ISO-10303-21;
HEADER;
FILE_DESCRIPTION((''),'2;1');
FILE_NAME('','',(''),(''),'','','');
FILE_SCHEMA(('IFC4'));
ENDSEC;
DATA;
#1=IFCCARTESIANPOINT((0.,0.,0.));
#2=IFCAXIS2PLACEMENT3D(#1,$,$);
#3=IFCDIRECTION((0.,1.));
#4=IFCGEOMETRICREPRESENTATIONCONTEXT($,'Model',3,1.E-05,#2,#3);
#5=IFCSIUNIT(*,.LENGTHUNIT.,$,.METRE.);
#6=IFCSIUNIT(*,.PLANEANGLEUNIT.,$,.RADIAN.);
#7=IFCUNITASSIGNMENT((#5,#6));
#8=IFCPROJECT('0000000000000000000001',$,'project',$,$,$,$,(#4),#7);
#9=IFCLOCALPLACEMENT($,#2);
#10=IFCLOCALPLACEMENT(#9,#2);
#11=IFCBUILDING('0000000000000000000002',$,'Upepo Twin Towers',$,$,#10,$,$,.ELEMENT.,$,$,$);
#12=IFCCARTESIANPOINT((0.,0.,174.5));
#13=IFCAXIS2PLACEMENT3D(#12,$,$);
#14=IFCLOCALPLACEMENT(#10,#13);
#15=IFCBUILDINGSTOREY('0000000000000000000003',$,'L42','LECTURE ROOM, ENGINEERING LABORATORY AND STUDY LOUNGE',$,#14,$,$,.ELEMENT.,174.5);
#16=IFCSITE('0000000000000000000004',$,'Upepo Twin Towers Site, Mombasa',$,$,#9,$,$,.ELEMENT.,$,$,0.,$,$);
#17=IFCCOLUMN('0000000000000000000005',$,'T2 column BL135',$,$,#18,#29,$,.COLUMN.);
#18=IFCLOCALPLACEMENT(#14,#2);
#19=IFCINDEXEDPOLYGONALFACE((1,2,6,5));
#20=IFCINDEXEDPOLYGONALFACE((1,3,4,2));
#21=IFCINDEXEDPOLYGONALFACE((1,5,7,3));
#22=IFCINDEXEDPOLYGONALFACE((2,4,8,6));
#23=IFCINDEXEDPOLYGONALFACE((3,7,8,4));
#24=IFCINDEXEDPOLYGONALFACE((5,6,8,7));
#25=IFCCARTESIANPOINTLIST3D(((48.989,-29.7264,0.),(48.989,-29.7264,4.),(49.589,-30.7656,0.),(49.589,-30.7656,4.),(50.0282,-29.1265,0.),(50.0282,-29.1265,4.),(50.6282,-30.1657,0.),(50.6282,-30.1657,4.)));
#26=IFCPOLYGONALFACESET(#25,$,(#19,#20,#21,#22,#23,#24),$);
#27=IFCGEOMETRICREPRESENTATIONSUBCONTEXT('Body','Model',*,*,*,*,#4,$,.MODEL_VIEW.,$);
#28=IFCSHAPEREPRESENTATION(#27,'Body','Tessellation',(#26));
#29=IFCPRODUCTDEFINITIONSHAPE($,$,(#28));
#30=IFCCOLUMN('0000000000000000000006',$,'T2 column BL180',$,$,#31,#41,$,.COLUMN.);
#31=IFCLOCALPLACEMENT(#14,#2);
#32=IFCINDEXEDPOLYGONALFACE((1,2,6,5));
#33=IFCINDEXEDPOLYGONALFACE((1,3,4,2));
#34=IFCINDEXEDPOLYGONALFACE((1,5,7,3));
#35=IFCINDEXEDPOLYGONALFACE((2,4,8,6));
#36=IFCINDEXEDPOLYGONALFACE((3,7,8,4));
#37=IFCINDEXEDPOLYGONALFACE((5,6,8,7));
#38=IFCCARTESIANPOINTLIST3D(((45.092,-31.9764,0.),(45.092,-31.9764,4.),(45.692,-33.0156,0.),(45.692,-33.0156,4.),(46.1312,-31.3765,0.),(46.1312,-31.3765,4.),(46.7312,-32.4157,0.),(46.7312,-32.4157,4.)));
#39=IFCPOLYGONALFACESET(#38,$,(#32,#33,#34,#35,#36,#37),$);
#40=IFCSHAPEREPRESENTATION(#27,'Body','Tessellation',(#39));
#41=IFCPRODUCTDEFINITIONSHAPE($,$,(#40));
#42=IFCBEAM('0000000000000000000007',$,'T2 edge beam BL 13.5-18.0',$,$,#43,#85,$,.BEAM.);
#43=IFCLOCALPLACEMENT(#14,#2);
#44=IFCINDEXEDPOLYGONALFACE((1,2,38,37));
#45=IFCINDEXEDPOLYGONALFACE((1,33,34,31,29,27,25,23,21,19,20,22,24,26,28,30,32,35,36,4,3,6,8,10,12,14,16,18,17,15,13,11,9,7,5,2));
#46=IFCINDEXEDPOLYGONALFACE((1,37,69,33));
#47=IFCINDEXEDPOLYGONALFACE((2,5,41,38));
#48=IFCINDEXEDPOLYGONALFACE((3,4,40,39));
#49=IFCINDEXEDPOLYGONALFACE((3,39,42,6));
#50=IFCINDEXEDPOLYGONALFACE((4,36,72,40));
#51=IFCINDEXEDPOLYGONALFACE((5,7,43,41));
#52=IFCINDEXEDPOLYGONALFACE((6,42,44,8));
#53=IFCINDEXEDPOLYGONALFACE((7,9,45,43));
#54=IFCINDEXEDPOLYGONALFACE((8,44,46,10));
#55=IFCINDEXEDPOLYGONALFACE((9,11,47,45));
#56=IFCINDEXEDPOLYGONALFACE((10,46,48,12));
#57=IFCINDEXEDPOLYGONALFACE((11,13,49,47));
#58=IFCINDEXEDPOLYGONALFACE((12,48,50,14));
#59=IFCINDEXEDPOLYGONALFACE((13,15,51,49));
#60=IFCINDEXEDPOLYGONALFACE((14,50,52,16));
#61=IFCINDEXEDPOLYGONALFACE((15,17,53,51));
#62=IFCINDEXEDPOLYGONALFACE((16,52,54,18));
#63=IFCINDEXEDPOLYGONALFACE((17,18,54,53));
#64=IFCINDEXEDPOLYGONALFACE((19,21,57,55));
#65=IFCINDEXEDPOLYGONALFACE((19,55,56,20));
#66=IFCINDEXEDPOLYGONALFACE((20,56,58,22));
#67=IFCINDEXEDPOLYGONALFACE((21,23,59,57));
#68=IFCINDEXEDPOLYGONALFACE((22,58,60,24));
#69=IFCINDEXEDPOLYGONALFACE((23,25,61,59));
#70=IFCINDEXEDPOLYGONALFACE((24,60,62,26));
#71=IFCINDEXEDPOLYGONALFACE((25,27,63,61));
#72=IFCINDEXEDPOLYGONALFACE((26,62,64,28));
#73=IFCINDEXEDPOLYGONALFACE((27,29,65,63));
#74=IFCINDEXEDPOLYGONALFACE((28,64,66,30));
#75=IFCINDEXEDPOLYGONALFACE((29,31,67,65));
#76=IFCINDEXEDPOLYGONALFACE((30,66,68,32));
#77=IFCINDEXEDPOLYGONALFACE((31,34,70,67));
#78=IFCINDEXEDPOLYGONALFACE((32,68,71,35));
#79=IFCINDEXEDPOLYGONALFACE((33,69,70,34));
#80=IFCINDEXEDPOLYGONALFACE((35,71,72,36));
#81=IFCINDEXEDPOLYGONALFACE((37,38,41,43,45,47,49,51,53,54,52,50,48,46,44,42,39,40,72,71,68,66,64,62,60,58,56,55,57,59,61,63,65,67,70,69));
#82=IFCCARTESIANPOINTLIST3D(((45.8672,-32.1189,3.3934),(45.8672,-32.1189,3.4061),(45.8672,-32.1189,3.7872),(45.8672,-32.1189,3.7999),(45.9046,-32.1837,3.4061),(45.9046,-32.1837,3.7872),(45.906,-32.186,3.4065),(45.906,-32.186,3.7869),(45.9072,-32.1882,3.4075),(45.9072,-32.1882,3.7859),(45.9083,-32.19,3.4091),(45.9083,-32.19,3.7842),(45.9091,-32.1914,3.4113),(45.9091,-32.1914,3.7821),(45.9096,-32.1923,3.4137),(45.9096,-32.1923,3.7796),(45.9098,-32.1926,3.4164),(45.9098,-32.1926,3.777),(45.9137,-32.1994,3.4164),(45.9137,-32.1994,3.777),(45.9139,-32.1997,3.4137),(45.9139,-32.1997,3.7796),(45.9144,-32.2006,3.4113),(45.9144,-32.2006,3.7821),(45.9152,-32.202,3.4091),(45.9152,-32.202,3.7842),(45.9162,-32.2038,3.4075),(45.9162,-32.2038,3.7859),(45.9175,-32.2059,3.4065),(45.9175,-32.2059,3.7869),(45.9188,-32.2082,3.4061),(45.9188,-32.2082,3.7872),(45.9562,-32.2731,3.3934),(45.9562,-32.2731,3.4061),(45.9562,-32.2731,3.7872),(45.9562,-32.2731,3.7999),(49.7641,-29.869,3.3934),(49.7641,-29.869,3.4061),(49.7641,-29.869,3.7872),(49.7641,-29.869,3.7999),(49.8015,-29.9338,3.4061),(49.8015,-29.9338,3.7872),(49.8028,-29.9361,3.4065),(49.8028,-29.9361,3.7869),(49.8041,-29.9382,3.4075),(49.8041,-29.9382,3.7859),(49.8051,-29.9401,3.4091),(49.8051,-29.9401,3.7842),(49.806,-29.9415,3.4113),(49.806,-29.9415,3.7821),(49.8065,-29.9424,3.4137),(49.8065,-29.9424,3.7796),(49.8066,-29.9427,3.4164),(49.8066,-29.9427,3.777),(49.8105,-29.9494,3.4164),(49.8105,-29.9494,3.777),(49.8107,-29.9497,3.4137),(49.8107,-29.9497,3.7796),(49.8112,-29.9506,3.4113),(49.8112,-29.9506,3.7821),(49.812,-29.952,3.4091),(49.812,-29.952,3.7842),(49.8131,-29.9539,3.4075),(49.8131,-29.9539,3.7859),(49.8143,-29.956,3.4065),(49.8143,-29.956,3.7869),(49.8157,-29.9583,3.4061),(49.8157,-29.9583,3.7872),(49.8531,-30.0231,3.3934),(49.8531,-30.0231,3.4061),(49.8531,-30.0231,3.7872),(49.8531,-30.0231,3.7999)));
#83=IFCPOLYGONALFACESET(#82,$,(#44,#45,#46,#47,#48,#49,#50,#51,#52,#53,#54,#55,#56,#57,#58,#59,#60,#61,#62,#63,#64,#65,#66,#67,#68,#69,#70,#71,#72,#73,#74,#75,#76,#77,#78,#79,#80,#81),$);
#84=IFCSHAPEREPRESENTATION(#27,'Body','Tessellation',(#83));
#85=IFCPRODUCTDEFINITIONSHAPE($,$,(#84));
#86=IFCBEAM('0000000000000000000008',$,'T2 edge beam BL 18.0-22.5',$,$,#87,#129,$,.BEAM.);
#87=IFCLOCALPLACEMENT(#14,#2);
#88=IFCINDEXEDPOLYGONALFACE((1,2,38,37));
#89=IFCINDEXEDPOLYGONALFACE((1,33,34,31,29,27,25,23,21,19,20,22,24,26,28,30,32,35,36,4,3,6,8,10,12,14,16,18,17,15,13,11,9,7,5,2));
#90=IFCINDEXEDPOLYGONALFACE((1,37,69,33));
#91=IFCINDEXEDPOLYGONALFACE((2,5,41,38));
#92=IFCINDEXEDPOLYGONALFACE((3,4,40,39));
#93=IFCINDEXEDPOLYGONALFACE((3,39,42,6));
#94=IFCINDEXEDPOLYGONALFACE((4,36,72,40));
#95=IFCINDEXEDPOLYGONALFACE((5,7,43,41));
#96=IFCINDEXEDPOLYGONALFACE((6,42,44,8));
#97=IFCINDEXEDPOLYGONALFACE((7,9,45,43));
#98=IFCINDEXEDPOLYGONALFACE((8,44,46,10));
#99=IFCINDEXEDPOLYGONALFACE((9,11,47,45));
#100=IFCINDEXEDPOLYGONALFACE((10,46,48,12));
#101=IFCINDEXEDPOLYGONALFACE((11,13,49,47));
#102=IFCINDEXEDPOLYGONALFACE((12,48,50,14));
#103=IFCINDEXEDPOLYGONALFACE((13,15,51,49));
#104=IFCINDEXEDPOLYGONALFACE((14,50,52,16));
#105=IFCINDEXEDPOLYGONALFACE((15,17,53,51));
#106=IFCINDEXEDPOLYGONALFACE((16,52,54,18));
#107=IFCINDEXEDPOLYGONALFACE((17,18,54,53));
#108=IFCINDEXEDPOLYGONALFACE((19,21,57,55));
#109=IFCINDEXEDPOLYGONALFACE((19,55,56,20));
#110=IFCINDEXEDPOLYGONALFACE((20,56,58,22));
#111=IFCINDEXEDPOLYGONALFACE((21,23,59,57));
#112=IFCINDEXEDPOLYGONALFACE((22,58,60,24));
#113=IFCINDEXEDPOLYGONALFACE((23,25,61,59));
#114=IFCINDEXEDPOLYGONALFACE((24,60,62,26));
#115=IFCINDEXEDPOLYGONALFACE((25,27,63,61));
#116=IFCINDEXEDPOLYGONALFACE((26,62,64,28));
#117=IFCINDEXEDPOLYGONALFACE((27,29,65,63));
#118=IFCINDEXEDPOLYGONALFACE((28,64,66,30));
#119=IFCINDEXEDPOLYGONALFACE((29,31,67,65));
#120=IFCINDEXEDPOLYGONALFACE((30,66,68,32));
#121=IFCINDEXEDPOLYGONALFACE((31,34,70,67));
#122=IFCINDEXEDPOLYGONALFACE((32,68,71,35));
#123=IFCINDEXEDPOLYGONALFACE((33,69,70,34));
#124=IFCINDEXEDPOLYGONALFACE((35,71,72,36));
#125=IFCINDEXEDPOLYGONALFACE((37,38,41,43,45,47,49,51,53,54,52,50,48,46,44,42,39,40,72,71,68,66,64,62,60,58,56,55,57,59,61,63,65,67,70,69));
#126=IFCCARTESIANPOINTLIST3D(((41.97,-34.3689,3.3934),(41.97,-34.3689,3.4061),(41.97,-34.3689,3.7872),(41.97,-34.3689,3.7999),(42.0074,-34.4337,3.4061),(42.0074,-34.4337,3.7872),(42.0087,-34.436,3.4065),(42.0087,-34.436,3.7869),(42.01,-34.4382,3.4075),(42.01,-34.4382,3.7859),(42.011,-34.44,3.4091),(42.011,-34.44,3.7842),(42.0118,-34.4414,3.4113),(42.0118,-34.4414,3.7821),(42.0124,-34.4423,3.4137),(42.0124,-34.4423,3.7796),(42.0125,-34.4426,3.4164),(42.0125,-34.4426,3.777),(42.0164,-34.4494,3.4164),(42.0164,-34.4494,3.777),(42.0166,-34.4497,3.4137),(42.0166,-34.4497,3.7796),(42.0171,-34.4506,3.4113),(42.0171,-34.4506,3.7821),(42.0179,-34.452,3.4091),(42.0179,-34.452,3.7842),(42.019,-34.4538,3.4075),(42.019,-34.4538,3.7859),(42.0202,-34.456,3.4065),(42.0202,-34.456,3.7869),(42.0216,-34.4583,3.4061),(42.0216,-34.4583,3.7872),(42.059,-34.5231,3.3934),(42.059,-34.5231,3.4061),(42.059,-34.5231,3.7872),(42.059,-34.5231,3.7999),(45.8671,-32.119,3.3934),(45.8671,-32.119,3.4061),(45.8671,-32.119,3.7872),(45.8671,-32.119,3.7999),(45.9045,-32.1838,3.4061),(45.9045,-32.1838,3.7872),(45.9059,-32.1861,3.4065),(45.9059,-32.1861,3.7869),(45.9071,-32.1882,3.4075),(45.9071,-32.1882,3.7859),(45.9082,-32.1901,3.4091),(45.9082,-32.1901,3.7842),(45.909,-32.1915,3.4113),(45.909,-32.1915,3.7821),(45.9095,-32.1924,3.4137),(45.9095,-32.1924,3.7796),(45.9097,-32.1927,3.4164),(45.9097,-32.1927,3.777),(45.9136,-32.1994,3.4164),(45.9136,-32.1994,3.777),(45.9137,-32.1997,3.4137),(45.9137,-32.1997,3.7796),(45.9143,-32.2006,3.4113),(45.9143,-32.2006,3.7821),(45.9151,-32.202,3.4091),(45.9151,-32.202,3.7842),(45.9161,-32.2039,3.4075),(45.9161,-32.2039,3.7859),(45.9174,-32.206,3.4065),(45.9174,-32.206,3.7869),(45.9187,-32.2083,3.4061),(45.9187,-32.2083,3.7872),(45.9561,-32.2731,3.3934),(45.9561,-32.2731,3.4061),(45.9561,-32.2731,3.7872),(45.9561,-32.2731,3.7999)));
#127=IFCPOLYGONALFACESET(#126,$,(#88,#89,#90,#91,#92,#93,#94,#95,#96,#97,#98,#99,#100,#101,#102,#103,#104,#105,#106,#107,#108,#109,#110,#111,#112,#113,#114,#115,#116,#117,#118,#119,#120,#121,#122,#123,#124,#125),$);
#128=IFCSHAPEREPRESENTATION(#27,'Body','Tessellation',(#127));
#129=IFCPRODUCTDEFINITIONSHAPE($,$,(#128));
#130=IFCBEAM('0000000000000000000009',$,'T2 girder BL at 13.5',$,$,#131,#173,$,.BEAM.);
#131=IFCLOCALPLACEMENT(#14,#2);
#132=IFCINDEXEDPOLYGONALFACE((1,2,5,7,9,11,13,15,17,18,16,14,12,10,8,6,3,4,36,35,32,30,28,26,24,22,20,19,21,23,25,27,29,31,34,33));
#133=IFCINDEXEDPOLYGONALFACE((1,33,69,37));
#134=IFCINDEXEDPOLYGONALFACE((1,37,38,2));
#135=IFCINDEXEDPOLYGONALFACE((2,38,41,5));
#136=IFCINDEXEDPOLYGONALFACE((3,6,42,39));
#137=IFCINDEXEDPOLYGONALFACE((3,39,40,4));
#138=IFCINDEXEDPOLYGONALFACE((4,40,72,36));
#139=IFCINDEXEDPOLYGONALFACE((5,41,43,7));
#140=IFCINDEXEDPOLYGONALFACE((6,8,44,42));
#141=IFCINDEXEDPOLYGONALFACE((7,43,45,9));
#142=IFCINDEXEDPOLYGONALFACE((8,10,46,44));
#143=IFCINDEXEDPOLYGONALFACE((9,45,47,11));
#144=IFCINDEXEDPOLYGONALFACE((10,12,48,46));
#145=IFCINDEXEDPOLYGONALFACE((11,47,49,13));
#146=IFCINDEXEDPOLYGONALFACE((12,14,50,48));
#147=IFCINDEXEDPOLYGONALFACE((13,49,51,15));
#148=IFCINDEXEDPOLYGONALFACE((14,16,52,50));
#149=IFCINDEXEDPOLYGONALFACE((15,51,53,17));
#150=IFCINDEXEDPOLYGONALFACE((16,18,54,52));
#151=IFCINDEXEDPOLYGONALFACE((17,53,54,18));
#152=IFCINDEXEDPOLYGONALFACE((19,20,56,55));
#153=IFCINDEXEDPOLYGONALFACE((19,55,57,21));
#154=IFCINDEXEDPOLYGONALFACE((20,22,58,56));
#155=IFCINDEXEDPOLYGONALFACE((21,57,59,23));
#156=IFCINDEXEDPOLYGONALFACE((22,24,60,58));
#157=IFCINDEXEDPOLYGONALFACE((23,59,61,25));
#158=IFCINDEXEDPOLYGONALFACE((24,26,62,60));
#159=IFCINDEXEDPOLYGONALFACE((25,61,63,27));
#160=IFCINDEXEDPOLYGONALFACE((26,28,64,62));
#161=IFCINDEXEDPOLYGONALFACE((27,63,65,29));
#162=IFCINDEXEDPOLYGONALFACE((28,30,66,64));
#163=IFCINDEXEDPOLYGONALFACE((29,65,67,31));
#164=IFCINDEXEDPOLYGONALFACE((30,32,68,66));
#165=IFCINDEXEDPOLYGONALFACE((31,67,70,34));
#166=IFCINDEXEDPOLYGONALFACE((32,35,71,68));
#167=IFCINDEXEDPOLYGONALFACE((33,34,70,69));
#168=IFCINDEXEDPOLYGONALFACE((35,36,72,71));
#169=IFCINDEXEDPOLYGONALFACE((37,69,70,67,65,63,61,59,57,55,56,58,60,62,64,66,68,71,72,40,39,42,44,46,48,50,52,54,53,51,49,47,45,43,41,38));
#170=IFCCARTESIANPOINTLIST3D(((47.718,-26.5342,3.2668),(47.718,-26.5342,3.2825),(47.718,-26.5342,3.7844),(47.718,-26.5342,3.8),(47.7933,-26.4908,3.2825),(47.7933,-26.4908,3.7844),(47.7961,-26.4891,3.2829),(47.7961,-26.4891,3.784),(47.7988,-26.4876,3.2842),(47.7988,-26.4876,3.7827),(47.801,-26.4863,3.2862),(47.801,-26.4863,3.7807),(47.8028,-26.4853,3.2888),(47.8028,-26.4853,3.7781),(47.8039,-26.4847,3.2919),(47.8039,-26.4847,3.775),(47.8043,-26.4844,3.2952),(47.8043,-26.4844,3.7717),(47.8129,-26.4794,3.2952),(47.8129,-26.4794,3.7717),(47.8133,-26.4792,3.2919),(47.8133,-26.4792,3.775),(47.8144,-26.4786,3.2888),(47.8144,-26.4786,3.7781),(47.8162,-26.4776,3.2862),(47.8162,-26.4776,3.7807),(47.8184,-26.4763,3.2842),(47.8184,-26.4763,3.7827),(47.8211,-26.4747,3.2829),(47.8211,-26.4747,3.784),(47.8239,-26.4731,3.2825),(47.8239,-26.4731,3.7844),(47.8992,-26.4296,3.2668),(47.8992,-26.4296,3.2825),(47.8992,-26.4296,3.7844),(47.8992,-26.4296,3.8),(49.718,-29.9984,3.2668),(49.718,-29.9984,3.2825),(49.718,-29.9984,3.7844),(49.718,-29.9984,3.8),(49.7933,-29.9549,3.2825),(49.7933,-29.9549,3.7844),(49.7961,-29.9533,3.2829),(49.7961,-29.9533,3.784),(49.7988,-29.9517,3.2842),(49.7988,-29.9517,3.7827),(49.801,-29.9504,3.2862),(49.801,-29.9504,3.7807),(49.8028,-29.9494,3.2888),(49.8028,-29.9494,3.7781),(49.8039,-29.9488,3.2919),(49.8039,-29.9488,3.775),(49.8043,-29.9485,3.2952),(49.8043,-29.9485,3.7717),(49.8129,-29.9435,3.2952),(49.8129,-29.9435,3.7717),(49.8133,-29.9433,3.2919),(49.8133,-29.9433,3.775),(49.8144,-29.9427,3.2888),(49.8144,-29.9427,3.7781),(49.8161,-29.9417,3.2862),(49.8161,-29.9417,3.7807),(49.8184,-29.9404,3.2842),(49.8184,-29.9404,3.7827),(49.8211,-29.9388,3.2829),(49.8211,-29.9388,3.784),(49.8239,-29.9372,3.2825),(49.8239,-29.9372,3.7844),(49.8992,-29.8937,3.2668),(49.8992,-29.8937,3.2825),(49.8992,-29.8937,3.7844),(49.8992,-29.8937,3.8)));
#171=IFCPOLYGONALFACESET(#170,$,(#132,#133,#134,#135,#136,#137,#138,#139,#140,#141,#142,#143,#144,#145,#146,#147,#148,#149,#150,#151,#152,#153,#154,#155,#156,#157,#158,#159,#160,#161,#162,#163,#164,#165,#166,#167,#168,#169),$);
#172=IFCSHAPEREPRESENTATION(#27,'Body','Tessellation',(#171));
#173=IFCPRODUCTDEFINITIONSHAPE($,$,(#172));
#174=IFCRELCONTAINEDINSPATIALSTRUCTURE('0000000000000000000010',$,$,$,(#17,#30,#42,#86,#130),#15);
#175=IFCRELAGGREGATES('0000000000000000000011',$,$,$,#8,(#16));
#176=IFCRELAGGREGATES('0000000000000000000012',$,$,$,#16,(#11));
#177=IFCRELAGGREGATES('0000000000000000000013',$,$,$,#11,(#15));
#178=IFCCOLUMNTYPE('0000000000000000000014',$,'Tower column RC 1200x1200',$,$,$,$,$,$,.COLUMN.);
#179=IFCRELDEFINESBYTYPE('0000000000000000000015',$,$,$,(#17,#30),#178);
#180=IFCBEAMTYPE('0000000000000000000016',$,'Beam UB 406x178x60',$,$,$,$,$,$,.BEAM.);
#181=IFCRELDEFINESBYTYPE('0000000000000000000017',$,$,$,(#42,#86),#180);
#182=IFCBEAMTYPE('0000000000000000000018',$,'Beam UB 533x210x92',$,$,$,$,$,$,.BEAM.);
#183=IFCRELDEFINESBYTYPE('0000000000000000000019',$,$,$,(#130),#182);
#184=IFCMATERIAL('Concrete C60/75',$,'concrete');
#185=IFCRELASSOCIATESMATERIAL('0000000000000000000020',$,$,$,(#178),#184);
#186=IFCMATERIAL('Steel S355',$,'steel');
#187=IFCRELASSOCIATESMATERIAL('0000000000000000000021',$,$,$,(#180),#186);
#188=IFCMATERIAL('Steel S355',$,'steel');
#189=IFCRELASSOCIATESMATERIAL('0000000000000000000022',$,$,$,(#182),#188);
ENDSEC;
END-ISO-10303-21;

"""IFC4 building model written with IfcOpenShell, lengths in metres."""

from ifc_helpers import new_model, si_unit, direction, frame, origin, origin_2d, place, context, subcontext, project, spatial, rectangle, i_section, extrude, material, material_profile, profile_set, type_object, element, save


model = new_model("IFC4")

# Units and contexts
model_context = context("Model", 3, precision=1e-05, world=origin(), true_north=direction((0.0, 1.0)))
body_context = subcontext(model_context, "Body", "Model", "MODEL_VIEW")
ifc_project = project(units=[si_unit("LENGTHUNIT", "METRE"), si_unit("PLANEANGLEUNIT", "RADIAN")], contexts=[model_context])

# Site, building, storey
site_placement = place(None, origin())
site = spatial("IfcSite", under=ifc_project, at=site_placement, Name="Upepo Twin Towers Site, Mombasa", CompositionType="ELEMENT", RefElevation=0.0)
building_placement = place(site_placement, origin())
building = spatial("IfcBuilding", under=site, at=building_placement, Name="Upepo Twin Towers", CompositionType="ELEMENT")
storey_placement = place(building_placement, frame((0.0, 0.0, 174.5)))
storey = spatial("IfcBuildingStorey", under=building, at=storey_placement, Name="L42", Description="LECTURE ROOM, ENGINEERING LABORATORY AND STUDY LOUNGE", CompositionType="ELEMENT", Elevation=174.5)

# Columns
ifc_material_1 = material(Name="Concrete C60/75", Category="concrete")
ifc_material_profile_1 = material_profile(ifc_material_1, rectangle(XDim=1.2, YDim=1.2, at=origin_2d()), Name="RC 1200x1200")
ifc_profile_set_1 = profile_set([ifc_material_profile_1], Name="Concrete C60/75")
column_type = type_object("IfcColumnType", Name="Tower column RC 1200x1200", PredefinedType="COLUMN", material=ifc_profile_set_1)
for number, where, z_axis, x_axis, name in (
    (1, (49.8086, -29.946, 0.0), (0.0, 0.0, 1.0), (0.866025, 0.5, 0.0), "T2 column BL135"),
    (2, (45.9116, -32.196, 0.0), (0.0, 0.0, 1.0), (0.866025, 0.5, 0.0), "T2 column BL180"),
):
    element("IfcColumn", number, at=place(storey_placement, frame(where, z_axis=z_axis, x_axis=x_axis)), inside=storey, type_object=column_type, Name=name, PredefinedType="COLUMN", context=body_context, shape_type="SweptSolid", body=[
        extrude(rectangle(XDim=1.2, YDim=1.2, at=origin_2d()), origin(), (0.0, 0.0, 1.0), 4.0),
    ])

# Beams
ifc_material_2 = material(Name="Steel S355", Category="steel")
ifc_material_profile_2 = material_profile(ifc_material_2, i_section(OverallWidth=0.178, OverallDepth=0.4065, WebThickness=0.0078, FlangeThickness=0.0127, FilletRadius=0.0103, at=origin_2d()), Name="UB 406x178x60")
ifc_profile_set_2 = profile_set([ifc_material_profile_2], Name="Steel S355")
beam_type_1 = type_object("IfcBeamType", Name="Beam UB 406x178x60", PredefinedType="BEAM", material=ifc_profile_set_2)
beam_1_placement = place(storey_placement, frame((49.8086, -29.946, 3.5967), z_axis=(-0.866018, -0.500014, 0.0), x_axis=(0.500014, -0.866018, 0.0)))
element("IfcBeam", 3, at=beam_1_placement, inside=storey, type_object=beam_type_1, Name="T2 edge beam BL 13.5-18.0", PredefinedType="BEAM", context=body_context, shape_type="SweptSolid", body=[
    extrude(i_section(OverallWidth=0.178, OverallDepth=0.4065, WebThickness=0.0078, FlangeThickness=0.0127, FilletRadius=0.0103, at=origin_2d()), origin(), (0.0, 0.0, 1.0), 4.4998),
])
beam_2_placement = place(storey_placement, frame((45.9116, -32.196, 3.5967), z_axis=(-0.866031, -0.49999, 0.0), x_axis=(0.49999, -0.866031, 0.0)))
element("IfcBeam", 4, at=beam_2_placement, inside=storey, type_object=beam_type_1, Name="T2 edge beam BL 18.0-22.5", PredefinedType="BEAM", context=body_context, shape_type="SweptSolid", body=[
    extrude(i_section(OverallWidth=0.178, OverallDepth=0.4065, WebThickness=0.0078, FlangeThickness=0.0127, FilletRadius=0.0103, at=origin_2d()), origin(), (0.0, 0.0, 1.0), 4.5),
])
ifc_material_3 = material(Name="Steel S355", Category="steel")
ifc_material_profile_3 = material_profile(ifc_material_3, i_section(OverallWidth=0.2092, OverallDepth=0.5332, WebThickness=0.01, FlangeThickness=0.0156, FilletRadius=0.0127, at=origin_2d()), Name="UB 533x210x92")
ifc_profile_set_3 = profile_set([ifc_material_profile_3], Name="Steel S355")
beam_type_2 = type_object("IfcBeamType", Name="Beam UB 533x210x92", PredefinedType="BEAM", material=ifc_profile_set_3)
for number, where, z_axis, x_axis, name in (
    (5, (49.8086, -29.946, 3.5334), (-0.499999, 0.866026, 0.0), (-0.866026, -0.499999, 0.0), "T2 girder BL at 13.5"),
):
    element("IfcBeam", number, at=place(storey_placement, frame(where, z_axis=z_axis, x_axis=x_axis)), inside=storey, type_object=beam_type_2, Name=name, PredefinedType="BEAM", context=body_context, shape_type="SweptSolid", body=[
        extrude(i_section(OverallWidth=0.2092, OverallDepth=0.5332, WebThickness=0.01, FlangeThickness=0.0156, FilletRadius=0.0127, at=origin_2d()), origin(), (0.0, 0.0, 1.0), 4.0),
    ])

save(model, "model.ifc")
